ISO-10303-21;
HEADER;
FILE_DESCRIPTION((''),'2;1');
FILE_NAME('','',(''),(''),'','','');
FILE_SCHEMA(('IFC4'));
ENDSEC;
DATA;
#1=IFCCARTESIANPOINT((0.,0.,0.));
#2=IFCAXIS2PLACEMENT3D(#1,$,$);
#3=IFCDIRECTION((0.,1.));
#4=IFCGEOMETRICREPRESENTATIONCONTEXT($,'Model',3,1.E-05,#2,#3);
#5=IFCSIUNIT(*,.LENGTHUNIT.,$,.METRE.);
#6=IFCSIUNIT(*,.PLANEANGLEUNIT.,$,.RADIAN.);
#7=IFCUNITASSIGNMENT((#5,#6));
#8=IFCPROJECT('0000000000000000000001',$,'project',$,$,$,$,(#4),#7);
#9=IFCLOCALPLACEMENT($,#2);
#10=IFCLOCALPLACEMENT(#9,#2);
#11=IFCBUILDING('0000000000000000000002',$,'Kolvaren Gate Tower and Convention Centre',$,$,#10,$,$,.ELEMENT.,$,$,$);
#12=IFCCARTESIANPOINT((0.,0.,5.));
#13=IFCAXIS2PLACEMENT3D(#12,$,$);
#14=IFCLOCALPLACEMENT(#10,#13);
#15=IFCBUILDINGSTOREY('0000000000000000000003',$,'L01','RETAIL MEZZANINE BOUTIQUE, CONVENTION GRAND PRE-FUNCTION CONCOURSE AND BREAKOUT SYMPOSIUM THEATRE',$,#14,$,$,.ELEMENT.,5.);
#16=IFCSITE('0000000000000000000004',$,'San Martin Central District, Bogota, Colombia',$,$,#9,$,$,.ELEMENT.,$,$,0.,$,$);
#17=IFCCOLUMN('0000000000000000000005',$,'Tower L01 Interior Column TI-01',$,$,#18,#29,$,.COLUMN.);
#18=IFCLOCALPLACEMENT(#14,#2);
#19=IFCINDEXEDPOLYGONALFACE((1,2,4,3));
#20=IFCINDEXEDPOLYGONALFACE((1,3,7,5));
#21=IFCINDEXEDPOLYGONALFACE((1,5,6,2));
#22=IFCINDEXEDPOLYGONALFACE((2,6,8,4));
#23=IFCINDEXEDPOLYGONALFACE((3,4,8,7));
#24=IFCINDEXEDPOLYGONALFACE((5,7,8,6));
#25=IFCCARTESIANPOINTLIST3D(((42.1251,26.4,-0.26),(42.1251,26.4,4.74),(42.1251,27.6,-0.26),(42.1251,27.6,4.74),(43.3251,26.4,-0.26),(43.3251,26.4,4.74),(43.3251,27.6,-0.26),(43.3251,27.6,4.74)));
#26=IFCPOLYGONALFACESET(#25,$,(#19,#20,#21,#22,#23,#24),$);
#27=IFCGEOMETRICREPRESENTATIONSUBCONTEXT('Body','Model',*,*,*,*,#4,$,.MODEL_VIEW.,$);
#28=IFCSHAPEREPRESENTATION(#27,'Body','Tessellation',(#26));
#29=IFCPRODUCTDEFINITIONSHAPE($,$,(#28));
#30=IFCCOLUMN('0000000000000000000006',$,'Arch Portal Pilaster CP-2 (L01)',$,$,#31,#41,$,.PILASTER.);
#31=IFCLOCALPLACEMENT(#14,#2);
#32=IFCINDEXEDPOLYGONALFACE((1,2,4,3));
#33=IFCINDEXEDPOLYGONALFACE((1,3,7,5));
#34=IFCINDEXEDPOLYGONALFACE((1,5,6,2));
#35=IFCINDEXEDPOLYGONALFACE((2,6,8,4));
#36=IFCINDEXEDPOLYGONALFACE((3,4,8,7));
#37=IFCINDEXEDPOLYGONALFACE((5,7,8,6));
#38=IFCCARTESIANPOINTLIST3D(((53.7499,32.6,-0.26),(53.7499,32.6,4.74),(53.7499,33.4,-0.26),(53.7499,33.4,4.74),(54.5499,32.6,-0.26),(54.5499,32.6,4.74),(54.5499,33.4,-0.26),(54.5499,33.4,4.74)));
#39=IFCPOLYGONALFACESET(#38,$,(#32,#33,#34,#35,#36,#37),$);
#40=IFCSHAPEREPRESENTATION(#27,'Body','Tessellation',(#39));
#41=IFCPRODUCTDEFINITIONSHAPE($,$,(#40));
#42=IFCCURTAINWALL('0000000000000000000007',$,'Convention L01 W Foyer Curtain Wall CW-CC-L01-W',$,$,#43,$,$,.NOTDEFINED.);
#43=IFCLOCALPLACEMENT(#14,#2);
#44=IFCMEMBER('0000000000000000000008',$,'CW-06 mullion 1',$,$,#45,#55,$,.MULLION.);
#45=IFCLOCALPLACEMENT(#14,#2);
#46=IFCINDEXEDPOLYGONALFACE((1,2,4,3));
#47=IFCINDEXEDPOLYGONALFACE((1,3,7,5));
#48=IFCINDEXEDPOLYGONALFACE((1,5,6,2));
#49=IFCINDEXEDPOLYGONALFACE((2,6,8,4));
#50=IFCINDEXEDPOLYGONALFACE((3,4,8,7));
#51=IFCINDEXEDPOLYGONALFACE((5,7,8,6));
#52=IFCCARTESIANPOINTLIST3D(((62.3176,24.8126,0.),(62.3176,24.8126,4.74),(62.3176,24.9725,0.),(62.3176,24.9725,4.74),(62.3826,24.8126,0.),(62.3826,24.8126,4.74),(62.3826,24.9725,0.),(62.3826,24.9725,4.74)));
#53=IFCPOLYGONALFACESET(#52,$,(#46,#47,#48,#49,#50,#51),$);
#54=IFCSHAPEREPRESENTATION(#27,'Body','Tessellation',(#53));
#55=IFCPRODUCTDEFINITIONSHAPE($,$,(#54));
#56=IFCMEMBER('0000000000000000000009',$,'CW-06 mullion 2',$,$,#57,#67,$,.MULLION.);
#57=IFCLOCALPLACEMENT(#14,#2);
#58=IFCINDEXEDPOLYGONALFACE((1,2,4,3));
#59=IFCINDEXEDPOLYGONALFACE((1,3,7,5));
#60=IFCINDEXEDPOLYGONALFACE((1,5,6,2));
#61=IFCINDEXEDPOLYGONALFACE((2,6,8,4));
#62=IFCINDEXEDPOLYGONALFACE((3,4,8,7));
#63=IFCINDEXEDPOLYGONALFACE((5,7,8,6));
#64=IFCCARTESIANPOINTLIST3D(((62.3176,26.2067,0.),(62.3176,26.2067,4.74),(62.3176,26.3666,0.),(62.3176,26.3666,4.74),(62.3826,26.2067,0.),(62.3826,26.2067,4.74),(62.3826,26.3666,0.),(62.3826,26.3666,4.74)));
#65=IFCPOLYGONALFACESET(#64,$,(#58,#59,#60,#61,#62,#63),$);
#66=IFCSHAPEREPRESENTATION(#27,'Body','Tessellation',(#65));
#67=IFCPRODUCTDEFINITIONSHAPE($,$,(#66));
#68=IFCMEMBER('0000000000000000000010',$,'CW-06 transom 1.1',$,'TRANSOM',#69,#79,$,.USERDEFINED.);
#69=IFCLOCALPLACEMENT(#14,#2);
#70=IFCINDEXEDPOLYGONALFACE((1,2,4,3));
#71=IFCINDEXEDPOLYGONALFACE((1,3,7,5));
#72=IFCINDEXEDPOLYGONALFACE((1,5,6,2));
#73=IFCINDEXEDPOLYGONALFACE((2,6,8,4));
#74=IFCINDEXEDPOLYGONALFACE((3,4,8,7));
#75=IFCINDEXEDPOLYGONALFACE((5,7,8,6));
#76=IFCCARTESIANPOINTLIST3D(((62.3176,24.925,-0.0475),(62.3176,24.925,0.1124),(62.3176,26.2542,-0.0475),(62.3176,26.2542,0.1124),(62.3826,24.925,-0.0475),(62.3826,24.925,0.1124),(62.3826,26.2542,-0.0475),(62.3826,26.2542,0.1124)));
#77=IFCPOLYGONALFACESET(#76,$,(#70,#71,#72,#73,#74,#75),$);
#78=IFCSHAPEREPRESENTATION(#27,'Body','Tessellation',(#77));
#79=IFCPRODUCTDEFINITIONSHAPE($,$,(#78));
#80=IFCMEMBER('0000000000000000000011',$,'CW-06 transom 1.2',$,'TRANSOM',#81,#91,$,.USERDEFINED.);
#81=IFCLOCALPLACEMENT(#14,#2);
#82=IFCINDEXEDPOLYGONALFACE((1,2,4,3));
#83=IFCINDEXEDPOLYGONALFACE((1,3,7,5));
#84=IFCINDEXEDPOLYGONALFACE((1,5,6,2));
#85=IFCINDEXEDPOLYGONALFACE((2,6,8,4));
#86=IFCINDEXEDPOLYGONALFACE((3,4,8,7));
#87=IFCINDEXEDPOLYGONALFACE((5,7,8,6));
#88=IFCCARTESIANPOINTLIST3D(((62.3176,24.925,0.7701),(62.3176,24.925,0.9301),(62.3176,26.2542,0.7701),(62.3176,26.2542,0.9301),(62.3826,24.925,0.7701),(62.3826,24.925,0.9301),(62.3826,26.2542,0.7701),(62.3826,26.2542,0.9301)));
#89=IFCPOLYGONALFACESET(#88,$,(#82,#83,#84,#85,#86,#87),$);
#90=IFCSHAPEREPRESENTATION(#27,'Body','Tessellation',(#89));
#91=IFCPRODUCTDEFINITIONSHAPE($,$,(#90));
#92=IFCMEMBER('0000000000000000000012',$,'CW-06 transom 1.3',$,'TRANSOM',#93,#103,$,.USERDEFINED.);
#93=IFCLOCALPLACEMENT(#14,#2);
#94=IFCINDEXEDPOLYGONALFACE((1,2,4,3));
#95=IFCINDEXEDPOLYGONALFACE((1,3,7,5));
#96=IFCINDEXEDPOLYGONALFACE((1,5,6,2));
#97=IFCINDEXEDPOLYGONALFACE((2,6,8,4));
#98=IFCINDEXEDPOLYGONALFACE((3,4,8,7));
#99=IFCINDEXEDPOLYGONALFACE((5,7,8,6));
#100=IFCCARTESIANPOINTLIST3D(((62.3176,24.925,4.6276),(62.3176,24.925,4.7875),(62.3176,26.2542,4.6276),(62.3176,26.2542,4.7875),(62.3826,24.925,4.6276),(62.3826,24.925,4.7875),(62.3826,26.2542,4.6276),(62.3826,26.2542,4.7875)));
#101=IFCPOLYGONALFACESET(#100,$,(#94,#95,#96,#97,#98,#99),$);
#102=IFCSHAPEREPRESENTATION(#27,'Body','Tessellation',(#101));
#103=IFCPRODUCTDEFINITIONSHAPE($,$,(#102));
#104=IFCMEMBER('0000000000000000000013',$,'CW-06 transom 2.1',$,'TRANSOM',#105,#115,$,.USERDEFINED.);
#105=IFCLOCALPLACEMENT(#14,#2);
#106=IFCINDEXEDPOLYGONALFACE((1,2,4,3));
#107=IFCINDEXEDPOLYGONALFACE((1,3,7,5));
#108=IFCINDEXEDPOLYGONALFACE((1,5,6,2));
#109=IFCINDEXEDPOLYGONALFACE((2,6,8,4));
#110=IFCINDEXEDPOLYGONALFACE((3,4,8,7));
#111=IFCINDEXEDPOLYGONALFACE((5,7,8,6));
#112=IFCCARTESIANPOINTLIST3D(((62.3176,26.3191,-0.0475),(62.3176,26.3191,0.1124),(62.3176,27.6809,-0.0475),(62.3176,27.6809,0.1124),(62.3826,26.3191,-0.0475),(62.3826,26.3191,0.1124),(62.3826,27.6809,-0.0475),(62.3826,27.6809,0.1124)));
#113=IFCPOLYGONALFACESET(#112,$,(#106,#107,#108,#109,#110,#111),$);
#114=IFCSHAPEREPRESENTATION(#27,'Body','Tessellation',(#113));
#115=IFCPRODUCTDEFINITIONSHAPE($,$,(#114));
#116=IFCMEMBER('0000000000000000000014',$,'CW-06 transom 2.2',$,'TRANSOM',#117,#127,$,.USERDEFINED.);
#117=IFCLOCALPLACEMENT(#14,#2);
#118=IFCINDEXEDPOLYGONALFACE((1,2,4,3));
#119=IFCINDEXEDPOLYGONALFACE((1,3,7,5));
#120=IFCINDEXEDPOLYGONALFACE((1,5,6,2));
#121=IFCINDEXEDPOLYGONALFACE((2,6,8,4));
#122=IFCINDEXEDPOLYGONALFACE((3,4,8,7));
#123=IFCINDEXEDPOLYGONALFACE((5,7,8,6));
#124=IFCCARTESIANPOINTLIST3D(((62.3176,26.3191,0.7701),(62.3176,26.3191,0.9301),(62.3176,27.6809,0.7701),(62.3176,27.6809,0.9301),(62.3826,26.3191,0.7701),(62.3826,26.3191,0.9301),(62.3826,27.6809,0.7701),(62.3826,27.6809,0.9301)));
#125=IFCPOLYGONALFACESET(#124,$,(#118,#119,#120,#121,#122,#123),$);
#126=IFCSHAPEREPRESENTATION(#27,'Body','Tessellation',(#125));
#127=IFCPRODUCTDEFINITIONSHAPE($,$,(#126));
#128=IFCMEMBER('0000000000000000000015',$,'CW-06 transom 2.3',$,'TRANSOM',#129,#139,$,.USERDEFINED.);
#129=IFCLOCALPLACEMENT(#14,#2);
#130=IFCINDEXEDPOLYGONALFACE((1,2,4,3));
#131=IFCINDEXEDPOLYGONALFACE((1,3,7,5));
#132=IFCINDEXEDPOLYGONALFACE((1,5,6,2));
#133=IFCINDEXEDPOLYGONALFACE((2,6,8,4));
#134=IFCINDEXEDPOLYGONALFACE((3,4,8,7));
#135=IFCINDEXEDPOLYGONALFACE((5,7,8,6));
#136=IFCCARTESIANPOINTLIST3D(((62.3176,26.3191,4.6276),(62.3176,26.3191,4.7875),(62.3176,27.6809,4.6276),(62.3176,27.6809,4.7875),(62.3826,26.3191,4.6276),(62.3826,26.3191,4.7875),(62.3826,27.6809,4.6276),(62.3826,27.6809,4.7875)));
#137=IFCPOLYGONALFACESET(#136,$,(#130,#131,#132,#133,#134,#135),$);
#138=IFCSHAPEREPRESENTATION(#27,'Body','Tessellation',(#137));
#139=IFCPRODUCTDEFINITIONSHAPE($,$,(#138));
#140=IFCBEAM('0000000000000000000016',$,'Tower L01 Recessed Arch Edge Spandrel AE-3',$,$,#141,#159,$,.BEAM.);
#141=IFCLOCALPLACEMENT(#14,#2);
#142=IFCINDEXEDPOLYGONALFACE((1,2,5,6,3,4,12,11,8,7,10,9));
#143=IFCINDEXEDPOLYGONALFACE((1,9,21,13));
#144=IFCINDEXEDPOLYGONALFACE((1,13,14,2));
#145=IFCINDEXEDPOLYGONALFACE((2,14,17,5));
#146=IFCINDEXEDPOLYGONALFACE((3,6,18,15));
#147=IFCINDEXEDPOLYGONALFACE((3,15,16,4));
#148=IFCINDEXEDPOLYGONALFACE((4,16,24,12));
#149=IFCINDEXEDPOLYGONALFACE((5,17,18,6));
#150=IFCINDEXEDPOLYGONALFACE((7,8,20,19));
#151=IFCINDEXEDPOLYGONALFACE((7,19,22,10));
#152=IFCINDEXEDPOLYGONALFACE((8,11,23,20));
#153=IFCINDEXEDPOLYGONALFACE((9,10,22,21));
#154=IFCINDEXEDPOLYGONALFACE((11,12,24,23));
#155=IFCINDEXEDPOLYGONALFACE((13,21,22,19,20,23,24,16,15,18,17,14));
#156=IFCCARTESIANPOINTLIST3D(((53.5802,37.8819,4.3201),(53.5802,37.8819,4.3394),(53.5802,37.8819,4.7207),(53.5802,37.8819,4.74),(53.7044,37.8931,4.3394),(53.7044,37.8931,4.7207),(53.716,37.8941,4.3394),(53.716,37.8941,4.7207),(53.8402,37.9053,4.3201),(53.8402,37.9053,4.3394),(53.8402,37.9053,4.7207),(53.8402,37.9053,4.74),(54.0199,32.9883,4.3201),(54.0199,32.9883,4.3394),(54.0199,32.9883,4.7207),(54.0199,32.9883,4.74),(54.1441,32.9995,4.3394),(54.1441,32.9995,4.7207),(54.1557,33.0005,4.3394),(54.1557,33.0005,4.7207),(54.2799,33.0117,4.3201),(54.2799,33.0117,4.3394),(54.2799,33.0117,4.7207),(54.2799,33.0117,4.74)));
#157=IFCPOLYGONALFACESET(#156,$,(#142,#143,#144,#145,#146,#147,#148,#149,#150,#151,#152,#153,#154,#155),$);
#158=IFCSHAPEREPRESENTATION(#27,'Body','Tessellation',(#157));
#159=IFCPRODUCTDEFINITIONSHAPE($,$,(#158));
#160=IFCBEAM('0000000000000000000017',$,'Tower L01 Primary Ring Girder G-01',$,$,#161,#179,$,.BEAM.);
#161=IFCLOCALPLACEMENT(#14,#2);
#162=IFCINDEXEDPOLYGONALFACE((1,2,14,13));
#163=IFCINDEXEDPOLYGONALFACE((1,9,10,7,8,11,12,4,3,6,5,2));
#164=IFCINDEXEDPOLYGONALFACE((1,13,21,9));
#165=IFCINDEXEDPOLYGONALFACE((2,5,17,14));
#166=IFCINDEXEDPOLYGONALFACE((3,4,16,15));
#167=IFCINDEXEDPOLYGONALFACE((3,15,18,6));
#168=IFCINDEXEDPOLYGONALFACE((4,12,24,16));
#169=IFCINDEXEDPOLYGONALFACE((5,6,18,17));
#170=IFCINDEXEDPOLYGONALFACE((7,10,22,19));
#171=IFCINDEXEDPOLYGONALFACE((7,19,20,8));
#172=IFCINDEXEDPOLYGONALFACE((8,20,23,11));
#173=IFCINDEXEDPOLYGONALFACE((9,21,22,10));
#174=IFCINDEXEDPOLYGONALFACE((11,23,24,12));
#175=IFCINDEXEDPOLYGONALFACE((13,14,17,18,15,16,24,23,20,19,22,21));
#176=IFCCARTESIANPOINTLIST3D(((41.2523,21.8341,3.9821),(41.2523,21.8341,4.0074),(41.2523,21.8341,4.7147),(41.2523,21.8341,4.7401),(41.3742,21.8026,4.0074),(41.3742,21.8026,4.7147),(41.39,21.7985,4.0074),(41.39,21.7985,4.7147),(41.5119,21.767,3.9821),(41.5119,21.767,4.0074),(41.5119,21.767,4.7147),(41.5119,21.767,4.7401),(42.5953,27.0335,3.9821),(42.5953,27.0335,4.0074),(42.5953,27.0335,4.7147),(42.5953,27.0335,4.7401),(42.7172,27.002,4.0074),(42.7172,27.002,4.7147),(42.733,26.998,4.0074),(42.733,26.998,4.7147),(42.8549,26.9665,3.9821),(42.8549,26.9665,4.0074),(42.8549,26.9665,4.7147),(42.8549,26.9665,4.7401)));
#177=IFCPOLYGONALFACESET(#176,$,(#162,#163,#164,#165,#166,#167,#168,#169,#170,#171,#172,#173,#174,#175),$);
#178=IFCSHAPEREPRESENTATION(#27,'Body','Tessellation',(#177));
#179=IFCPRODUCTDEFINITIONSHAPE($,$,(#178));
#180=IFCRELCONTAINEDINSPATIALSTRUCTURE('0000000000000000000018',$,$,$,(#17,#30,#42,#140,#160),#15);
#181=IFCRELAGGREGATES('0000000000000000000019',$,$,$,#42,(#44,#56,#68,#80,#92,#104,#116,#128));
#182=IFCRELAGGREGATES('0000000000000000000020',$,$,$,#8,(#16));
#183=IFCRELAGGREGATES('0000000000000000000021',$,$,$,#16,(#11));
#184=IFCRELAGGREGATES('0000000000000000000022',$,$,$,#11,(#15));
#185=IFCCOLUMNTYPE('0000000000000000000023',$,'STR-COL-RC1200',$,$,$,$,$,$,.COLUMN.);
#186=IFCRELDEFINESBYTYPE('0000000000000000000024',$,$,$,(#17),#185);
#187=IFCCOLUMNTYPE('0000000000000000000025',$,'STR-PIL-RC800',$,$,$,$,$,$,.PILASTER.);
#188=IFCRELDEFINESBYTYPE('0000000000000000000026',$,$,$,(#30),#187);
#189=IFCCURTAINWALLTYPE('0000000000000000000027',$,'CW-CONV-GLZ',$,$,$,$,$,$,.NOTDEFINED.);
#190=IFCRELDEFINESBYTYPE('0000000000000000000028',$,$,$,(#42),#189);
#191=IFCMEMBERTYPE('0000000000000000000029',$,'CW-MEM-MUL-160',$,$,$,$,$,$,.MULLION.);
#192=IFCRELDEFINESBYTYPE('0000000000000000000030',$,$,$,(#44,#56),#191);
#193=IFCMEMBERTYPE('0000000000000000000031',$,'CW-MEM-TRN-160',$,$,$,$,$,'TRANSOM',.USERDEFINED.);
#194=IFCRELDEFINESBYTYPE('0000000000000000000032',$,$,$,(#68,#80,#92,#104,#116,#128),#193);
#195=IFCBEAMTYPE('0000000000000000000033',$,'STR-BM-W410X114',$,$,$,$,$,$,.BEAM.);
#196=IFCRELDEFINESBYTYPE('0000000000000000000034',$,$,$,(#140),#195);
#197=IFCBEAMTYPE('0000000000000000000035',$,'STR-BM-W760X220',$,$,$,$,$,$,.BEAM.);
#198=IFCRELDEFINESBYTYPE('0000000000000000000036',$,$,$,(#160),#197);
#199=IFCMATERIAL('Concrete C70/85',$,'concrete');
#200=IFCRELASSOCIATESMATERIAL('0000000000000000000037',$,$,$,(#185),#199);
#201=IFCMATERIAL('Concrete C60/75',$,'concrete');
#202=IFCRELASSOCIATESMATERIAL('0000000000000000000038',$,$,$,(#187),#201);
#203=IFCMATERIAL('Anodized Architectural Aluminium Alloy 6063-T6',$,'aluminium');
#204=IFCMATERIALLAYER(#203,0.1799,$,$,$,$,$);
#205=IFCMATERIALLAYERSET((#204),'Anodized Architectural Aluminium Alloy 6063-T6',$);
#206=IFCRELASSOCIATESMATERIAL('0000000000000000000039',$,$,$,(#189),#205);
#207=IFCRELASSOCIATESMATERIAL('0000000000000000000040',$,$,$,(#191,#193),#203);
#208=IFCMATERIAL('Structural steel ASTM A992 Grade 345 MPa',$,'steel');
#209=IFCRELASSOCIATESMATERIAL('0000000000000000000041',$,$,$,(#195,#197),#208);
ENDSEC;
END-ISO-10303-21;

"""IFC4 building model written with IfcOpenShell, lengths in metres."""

from ifc_helpers import new_model, si_unit, direction, frame, origin, origin_2d, place, context, subcontext, project, spatial, rectangle, i_section, extrude, material, layer, layer_set, material_profile, profile_set, type_object, element, aggregate, save


model = new_model("IFC4")

# Units and contexts
model_context = context("Model", 3, precision=1e-05, world=origin(), true_north=direction((0.0, 1.0)))
body_context = subcontext(model_context, "Body", "Model", "MODEL_VIEW")
ifc_project = project(units=[si_unit("LENGTHUNIT", "METRE"), si_unit("PLANEANGLEUNIT", "RADIAN")], contexts=[model_context])

# Site, building, storey
site_placement = place(None, origin())
site = spatial("IfcSite", under=ifc_project, at=site_placement, Name="San Martin Central District, Bogota, Colombia", CompositionType="ELEMENT", RefElevation=0.0)
building_placement = place(site_placement, origin())
building = spatial("IfcBuilding", under=site, at=building_placement, Name="Kolvaren Gate Tower and Convention Centre", CompositionType="ELEMENT")
storey_placement = place(building_placement, frame((0.0, 0.0, 5.0)))
storey = spatial("IfcBuildingStorey", under=building, at=storey_placement, Name="L01", Description="RETAIL MEZZANINE BOUTIQUE, CONVENTION GRAND PRE-FUNCTION CONCOURSE AND BREAKOUT SYMPOSIUM THEATRE", CompositionType="ELEMENT", Elevation=5.0)

# Columns
ifc_material_1 = material(Name="Concrete C70/85", Category="concrete")
ifc_material_profile_1 = material_profile(ifc_material_1, rectangle(XDim=1.2, YDim=1.2, at=origin_2d()), Name="RC-COL-1200X1200")
ifc_profile_set_1 = profile_set([ifc_material_profile_1], Name="Concrete C70/85")
column_type_1 = type_object("IfcColumnType", Name="STR-COL-RC1200", PredefinedType="COLUMN", material=ifc_profile_set_1)
column_1_placement = place(storey_placement, frame((42.7251, 27.0, -0.26), z_axis=(0.0, 0.0, 1.0), x_axis=(1.0, 0.0, 0.0)))
element("IfcColumn", 1, at=column_1_placement, inside=storey, type_object=column_type_1, Name="Tower L01 Interior Column TI-01", PredefinedType="COLUMN", context=body_context, shape_type="SweptSolid", body=[
    extrude(rectangle(XDim=1.2, YDim=1.2, at=origin_2d()), origin(), (0.0, 0.0, 1.0), 5.0),
])
ifc_material_2 = material(Name="Concrete C60/75", Category="concrete")
ifc_material_profile_2 = material_profile(ifc_material_2, rectangle(XDim=0.8, YDim=0.8, at=origin_2d()), Name="RC-COL-800X800")
ifc_profile_set_2 = profile_set([ifc_material_profile_2], Name="Concrete C60/75")
column_type_2 = type_object("IfcColumnType", Name="STR-PIL-RC800", PredefinedType="PILASTER", material=ifc_profile_set_2)
column_2_placement = place(storey_placement, frame((54.1499, 33.0, -0.26), z_axis=(0.0, 0.0, 1.0), x_axis=(1.0, 0.0, 0.0)))
element("IfcColumn", 2, at=column_2_placement, inside=storey, type_object=column_type_2, Name="Arch Portal Pilaster CP-2 (L01)", PredefinedType="PILASTER", context=body_context, shape_type="SweptSolid", body=[
    extrude(rectangle(XDim=0.8, YDim=0.8, at=origin_2d()), origin(), (0.0, 0.0, 1.0), 5.0),
])

# Curtain wall, members
ifc_material_3 = material(Name="Anodized Architectural Aluminium Alloy 6063-T6", Category="aluminium")
ifc_layer_1 = layer(ifc_material_3, 0.1799)
ifc_layer_set_1 = layer_set([ifc_layer_1], Name="Anodized Architectural Aluminium Alloy 6063-T6")
curtain_wall_type = type_object("IfcCurtainWallType", Name="CW-CONV-GLZ", PredefinedType="NOTDEFINED", material=ifc_layer_set_1)
curtain_wall_placement = place(storey_placement, origin())
curtain_wall = element("IfcCurtainWall", 3, at=curtain_wall_placement, inside=storey, type_object=curtain_wall_type, Name="Convention L01 W Foyer Curtain Wall CW-CC-L01-W", PredefinedType="NOTDEFINED")
ifc_material_profile_3 = material_profile(ifc_material_3, rectangle(XDim=0.0649, YDim=0.1599, at=origin_2d()), Name="CW-MEM-MUL-160")
ifc_profile_set_3 = profile_set([ifc_material_profile_3], Name="Anodized Architectural Aluminium Alloy 6063-T6")
member_type_1 = type_object("IfcMemberType", Name="CW-MEM-MUL-160", PredefinedType="MULLION", material=ifc_profile_set_3)
member_1_placement = place(storey_placement, frame((62.3501, 24.8926, 0.0), z_axis=(0.0, 0.0, 1.0), x_axis=(-1.0, 0.0, 0.0)))
member_1 = element("IfcMember", 4, at=member_1_placement, type_object=member_type_1, Name="CW-06 mullion 1", PredefinedType="MULLION", context=body_context, shape_type="SweptSolid", body=[
    extrude(rectangle(XDim=0.0649, YDim=0.1599, at=origin_2d()), origin(), (0.0, 0.0, 1.0), 4.74),
])
member_2_placement = place(storey_placement, frame((62.3501, 26.2866, 0.0), z_axis=(0.0, 0.0, 1.0), x_axis=(-1.0, 0.0, 0.0)))
member_2 = element("IfcMember", 5, at=member_2_placement, type_object=member_type_1, Name="CW-06 mullion 2", PredefinedType="MULLION", context=body_context, shape_type="SweptSolid", body=[
    extrude(rectangle(XDim=0.0649, YDim=0.1599, at=origin_2d()), origin(), (0.0, 0.0, 1.0), 4.74),
])
ifc_material_profile_4 = material_profile(ifc_material_3, rectangle(XDim=0.0649, YDim=0.1599, at=origin_2d()), Name="CW-MEM-TRN-160")
ifc_profile_set_4 = profile_set([ifc_material_profile_4], Name="Anodized Architectural Aluminium Alloy 6063-T6")
member_type_2 = type_object("IfcMemberType", Name="CW-MEM-TRN-160", ElementType="TRANSOM", PredefinedType="USERDEFINED", material=ifc_profile_set_4)
member_3_placement = place(storey_placement, frame((62.3501, 24.925, 0.0325), z_axis=(0.0, 1.0, 0.0), x_axis=(-1.0, 0.0, 0.0)))
member_3 = element("IfcMember", 6, at=member_3_placement, type_object=member_type_2, Name="CW-06 transom 1.1", ObjectType="TRANSOM", PredefinedType="USERDEFINED", context=body_context, shape_type="SweptSolid", body=[
    extrude(rectangle(XDim=0.0649, YDim=0.1599, at=origin_2d()), origin(), (0.0, 0.0, 1.0), 1.3291),
])
member_4_placement = place(storey_placement, frame((62.3501, 24.925, 0.8501), z_axis=(0.0, 1.0, 0.0), x_axis=(-1.0, 0.0, 0.0)))
member_4 = element("IfcMember", 7, at=member_4_placement, type_object=member_type_2, Name="CW-06 transom 1.2", ObjectType="TRANSOM", PredefinedType="USERDEFINED", context=body_context, shape_type="SweptSolid", body=[
    extrude(rectangle(XDim=0.0649, YDim=0.1599, at=origin_2d()), origin(), (0.0, 0.0, 1.0), 1.3291),
])
member_5_placement = place(storey_placement, frame((62.3501, 24.925, 4.7075), z_axis=(0.0, 1.0, 0.0), x_axis=(-1.0, 0.0, 0.0)))
member_5 = element("IfcMember", 8, at=member_5_placement, type_object=member_type_2, Name="CW-06 transom 1.3", ObjectType="TRANSOM", PredefinedType="USERDEFINED", context=body_context, shape_type="SweptSolid", body=[
    extrude(rectangle(XDim=0.0649, YDim=0.1599, at=origin_2d()), origin(), (0.0, 0.0, 1.0), 1.3291),
])
member_6_placement = place(storey_placement, frame((62.3501, 26.3191, 0.0325), z_axis=(0.0, 1.0, 0.0), x_axis=(-1.0, 0.0, 0.0)))
member_6 = element("IfcMember", 9, at=member_6_placement, type_object=member_type_2, Name="CW-06 transom 2.1", ObjectType="TRANSOM", PredefinedType="USERDEFINED", context=body_context, shape_type="SweptSolid", body=[
    extrude(rectangle(XDim=0.0649, YDim=0.1599, at=origin_2d()), origin(), (0.0, 0.0, 1.0), 1.3618),
])
member_7_placement = place(storey_placement, frame((62.3501, 26.3191, 0.8501), z_axis=(0.0, 1.0, 0.0), x_axis=(-1.0, 0.0, 0.0)))
member_7 = element("IfcMember", 10, at=member_7_placement, type_object=member_type_2, Name="CW-06 transom 2.2", ObjectType="TRANSOM", PredefinedType="USERDEFINED", context=body_context, shape_type="SweptSolid", body=[
    extrude(rectangle(XDim=0.0649, YDim=0.1599, at=origin_2d()), origin(), (0.0, 0.0, 1.0), 1.3618),
])
member_8_placement = place(storey_placement, frame((62.3501, 26.3191, 4.7075), z_axis=(0.0, 1.0, 0.0), x_axis=(-1.0, 0.0, 0.0)))
member_8 = element("IfcMember", 11, at=member_8_placement, type_object=member_type_2, Name="CW-06 transom 2.3", ObjectType="TRANSOM", PredefinedType="USERDEFINED", context=body_context, shape_type="SweptSolid", body=[
    extrude(rectangle(XDim=0.0649, YDim=0.1599, at=origin_2d()), origin(), (0.0, 0.0, 1.0), 1.3618),
])

# Beams
ifc_material_4 = material(Name="Structural steel ASTM A992 Grade 345 MPa", Category="steel")
ifc_material_profile_5 = material_profile(ifc_material_4, i_section(OverallWidth=0.261, OverallDepth=0.4199, WebThickness=0.0117, FlangeThickness=0.0193, at=origin_2d()), Name="W410X114")
ifc_profile_set_5 = profile_set([ifc_material_profile_5], Name="Structural steel ASTM A992 Grade 345 MPa")
beam_type_1 = type_object("IfcBeamType", Name="STR-BM-W410X114", PredefinedType="BEAM", material=ifc_profile_set_5)
beam_1_placement = place(storey_placement, frame((54.1499, 33.0, 4.53), z_axis=(-0.089492, 0.995988, 0.0), x_axis=(-0.995988, -0.089492, 0.0)))
element("IfcBeam", 12, at=beam_1_placement, inside=storey, type_object=beam_type_1, Name="Tower L01 Recessed Arch Edge Spandrel AE-3", PredefinedType="BEAM", context=body_context, shape_type="SweptSolid", body=[
    extrude(i_section(OverallWidth=0.261, OverallDepth=0.4199, WebThickness=0.0117, FlangeThickness=0.0193, at=origin_2d()), origin(), (0.0, 0.0, 1.0), 4.9133),
])
ifc_material_profile_6 = material_profile(ifc_material_4, i_section(OverallWidth=0.2681, OverallDepth=0.7581, WebThickness=0.0164, FlangeThickness=0.0254, at=origin_2d()), Name="W760X220")
ifc_profile_set_6 = profile_set([ifc_material_profile_6], Name="Structural steel ASTM A992 Grade 345 MPa")
beam_type_2 = type_object("IfcBeamType", Name="STR-BM-W760X220", PredefinedType="BEAM", material=ifc_profile_set_6)
beam_2_placement = place(storey_placement, frame((42.7251, 27.0, 4.3611), z_axis=(-0.250091, -0.968222, 0.0), x_axis=(0.968222, -0.250091, 0.0)))
element("IfcBeam", 13, at=beam_2_placement, inside=storey, type_object=beam_type_2, Name="Tower L01 Primary Ring Girder G-01", PredefinedType="BEAM", context=body_context, shape_type="SweptSolid", body=[
    extrude(i_section(OverallWidth=0.2681, OverallDepth=0.7581, WebThickness=0.0164, FlangeThickness=0.0254, at=origin_2d()), origin(), (0.0, 0.0, 1.0), 5.3701),
])

aggregate(curtain_wall, [member_1, member_2, member_3, member_4, member_5, member_6, member_7, member_8])

save(model, "model.ifc")
